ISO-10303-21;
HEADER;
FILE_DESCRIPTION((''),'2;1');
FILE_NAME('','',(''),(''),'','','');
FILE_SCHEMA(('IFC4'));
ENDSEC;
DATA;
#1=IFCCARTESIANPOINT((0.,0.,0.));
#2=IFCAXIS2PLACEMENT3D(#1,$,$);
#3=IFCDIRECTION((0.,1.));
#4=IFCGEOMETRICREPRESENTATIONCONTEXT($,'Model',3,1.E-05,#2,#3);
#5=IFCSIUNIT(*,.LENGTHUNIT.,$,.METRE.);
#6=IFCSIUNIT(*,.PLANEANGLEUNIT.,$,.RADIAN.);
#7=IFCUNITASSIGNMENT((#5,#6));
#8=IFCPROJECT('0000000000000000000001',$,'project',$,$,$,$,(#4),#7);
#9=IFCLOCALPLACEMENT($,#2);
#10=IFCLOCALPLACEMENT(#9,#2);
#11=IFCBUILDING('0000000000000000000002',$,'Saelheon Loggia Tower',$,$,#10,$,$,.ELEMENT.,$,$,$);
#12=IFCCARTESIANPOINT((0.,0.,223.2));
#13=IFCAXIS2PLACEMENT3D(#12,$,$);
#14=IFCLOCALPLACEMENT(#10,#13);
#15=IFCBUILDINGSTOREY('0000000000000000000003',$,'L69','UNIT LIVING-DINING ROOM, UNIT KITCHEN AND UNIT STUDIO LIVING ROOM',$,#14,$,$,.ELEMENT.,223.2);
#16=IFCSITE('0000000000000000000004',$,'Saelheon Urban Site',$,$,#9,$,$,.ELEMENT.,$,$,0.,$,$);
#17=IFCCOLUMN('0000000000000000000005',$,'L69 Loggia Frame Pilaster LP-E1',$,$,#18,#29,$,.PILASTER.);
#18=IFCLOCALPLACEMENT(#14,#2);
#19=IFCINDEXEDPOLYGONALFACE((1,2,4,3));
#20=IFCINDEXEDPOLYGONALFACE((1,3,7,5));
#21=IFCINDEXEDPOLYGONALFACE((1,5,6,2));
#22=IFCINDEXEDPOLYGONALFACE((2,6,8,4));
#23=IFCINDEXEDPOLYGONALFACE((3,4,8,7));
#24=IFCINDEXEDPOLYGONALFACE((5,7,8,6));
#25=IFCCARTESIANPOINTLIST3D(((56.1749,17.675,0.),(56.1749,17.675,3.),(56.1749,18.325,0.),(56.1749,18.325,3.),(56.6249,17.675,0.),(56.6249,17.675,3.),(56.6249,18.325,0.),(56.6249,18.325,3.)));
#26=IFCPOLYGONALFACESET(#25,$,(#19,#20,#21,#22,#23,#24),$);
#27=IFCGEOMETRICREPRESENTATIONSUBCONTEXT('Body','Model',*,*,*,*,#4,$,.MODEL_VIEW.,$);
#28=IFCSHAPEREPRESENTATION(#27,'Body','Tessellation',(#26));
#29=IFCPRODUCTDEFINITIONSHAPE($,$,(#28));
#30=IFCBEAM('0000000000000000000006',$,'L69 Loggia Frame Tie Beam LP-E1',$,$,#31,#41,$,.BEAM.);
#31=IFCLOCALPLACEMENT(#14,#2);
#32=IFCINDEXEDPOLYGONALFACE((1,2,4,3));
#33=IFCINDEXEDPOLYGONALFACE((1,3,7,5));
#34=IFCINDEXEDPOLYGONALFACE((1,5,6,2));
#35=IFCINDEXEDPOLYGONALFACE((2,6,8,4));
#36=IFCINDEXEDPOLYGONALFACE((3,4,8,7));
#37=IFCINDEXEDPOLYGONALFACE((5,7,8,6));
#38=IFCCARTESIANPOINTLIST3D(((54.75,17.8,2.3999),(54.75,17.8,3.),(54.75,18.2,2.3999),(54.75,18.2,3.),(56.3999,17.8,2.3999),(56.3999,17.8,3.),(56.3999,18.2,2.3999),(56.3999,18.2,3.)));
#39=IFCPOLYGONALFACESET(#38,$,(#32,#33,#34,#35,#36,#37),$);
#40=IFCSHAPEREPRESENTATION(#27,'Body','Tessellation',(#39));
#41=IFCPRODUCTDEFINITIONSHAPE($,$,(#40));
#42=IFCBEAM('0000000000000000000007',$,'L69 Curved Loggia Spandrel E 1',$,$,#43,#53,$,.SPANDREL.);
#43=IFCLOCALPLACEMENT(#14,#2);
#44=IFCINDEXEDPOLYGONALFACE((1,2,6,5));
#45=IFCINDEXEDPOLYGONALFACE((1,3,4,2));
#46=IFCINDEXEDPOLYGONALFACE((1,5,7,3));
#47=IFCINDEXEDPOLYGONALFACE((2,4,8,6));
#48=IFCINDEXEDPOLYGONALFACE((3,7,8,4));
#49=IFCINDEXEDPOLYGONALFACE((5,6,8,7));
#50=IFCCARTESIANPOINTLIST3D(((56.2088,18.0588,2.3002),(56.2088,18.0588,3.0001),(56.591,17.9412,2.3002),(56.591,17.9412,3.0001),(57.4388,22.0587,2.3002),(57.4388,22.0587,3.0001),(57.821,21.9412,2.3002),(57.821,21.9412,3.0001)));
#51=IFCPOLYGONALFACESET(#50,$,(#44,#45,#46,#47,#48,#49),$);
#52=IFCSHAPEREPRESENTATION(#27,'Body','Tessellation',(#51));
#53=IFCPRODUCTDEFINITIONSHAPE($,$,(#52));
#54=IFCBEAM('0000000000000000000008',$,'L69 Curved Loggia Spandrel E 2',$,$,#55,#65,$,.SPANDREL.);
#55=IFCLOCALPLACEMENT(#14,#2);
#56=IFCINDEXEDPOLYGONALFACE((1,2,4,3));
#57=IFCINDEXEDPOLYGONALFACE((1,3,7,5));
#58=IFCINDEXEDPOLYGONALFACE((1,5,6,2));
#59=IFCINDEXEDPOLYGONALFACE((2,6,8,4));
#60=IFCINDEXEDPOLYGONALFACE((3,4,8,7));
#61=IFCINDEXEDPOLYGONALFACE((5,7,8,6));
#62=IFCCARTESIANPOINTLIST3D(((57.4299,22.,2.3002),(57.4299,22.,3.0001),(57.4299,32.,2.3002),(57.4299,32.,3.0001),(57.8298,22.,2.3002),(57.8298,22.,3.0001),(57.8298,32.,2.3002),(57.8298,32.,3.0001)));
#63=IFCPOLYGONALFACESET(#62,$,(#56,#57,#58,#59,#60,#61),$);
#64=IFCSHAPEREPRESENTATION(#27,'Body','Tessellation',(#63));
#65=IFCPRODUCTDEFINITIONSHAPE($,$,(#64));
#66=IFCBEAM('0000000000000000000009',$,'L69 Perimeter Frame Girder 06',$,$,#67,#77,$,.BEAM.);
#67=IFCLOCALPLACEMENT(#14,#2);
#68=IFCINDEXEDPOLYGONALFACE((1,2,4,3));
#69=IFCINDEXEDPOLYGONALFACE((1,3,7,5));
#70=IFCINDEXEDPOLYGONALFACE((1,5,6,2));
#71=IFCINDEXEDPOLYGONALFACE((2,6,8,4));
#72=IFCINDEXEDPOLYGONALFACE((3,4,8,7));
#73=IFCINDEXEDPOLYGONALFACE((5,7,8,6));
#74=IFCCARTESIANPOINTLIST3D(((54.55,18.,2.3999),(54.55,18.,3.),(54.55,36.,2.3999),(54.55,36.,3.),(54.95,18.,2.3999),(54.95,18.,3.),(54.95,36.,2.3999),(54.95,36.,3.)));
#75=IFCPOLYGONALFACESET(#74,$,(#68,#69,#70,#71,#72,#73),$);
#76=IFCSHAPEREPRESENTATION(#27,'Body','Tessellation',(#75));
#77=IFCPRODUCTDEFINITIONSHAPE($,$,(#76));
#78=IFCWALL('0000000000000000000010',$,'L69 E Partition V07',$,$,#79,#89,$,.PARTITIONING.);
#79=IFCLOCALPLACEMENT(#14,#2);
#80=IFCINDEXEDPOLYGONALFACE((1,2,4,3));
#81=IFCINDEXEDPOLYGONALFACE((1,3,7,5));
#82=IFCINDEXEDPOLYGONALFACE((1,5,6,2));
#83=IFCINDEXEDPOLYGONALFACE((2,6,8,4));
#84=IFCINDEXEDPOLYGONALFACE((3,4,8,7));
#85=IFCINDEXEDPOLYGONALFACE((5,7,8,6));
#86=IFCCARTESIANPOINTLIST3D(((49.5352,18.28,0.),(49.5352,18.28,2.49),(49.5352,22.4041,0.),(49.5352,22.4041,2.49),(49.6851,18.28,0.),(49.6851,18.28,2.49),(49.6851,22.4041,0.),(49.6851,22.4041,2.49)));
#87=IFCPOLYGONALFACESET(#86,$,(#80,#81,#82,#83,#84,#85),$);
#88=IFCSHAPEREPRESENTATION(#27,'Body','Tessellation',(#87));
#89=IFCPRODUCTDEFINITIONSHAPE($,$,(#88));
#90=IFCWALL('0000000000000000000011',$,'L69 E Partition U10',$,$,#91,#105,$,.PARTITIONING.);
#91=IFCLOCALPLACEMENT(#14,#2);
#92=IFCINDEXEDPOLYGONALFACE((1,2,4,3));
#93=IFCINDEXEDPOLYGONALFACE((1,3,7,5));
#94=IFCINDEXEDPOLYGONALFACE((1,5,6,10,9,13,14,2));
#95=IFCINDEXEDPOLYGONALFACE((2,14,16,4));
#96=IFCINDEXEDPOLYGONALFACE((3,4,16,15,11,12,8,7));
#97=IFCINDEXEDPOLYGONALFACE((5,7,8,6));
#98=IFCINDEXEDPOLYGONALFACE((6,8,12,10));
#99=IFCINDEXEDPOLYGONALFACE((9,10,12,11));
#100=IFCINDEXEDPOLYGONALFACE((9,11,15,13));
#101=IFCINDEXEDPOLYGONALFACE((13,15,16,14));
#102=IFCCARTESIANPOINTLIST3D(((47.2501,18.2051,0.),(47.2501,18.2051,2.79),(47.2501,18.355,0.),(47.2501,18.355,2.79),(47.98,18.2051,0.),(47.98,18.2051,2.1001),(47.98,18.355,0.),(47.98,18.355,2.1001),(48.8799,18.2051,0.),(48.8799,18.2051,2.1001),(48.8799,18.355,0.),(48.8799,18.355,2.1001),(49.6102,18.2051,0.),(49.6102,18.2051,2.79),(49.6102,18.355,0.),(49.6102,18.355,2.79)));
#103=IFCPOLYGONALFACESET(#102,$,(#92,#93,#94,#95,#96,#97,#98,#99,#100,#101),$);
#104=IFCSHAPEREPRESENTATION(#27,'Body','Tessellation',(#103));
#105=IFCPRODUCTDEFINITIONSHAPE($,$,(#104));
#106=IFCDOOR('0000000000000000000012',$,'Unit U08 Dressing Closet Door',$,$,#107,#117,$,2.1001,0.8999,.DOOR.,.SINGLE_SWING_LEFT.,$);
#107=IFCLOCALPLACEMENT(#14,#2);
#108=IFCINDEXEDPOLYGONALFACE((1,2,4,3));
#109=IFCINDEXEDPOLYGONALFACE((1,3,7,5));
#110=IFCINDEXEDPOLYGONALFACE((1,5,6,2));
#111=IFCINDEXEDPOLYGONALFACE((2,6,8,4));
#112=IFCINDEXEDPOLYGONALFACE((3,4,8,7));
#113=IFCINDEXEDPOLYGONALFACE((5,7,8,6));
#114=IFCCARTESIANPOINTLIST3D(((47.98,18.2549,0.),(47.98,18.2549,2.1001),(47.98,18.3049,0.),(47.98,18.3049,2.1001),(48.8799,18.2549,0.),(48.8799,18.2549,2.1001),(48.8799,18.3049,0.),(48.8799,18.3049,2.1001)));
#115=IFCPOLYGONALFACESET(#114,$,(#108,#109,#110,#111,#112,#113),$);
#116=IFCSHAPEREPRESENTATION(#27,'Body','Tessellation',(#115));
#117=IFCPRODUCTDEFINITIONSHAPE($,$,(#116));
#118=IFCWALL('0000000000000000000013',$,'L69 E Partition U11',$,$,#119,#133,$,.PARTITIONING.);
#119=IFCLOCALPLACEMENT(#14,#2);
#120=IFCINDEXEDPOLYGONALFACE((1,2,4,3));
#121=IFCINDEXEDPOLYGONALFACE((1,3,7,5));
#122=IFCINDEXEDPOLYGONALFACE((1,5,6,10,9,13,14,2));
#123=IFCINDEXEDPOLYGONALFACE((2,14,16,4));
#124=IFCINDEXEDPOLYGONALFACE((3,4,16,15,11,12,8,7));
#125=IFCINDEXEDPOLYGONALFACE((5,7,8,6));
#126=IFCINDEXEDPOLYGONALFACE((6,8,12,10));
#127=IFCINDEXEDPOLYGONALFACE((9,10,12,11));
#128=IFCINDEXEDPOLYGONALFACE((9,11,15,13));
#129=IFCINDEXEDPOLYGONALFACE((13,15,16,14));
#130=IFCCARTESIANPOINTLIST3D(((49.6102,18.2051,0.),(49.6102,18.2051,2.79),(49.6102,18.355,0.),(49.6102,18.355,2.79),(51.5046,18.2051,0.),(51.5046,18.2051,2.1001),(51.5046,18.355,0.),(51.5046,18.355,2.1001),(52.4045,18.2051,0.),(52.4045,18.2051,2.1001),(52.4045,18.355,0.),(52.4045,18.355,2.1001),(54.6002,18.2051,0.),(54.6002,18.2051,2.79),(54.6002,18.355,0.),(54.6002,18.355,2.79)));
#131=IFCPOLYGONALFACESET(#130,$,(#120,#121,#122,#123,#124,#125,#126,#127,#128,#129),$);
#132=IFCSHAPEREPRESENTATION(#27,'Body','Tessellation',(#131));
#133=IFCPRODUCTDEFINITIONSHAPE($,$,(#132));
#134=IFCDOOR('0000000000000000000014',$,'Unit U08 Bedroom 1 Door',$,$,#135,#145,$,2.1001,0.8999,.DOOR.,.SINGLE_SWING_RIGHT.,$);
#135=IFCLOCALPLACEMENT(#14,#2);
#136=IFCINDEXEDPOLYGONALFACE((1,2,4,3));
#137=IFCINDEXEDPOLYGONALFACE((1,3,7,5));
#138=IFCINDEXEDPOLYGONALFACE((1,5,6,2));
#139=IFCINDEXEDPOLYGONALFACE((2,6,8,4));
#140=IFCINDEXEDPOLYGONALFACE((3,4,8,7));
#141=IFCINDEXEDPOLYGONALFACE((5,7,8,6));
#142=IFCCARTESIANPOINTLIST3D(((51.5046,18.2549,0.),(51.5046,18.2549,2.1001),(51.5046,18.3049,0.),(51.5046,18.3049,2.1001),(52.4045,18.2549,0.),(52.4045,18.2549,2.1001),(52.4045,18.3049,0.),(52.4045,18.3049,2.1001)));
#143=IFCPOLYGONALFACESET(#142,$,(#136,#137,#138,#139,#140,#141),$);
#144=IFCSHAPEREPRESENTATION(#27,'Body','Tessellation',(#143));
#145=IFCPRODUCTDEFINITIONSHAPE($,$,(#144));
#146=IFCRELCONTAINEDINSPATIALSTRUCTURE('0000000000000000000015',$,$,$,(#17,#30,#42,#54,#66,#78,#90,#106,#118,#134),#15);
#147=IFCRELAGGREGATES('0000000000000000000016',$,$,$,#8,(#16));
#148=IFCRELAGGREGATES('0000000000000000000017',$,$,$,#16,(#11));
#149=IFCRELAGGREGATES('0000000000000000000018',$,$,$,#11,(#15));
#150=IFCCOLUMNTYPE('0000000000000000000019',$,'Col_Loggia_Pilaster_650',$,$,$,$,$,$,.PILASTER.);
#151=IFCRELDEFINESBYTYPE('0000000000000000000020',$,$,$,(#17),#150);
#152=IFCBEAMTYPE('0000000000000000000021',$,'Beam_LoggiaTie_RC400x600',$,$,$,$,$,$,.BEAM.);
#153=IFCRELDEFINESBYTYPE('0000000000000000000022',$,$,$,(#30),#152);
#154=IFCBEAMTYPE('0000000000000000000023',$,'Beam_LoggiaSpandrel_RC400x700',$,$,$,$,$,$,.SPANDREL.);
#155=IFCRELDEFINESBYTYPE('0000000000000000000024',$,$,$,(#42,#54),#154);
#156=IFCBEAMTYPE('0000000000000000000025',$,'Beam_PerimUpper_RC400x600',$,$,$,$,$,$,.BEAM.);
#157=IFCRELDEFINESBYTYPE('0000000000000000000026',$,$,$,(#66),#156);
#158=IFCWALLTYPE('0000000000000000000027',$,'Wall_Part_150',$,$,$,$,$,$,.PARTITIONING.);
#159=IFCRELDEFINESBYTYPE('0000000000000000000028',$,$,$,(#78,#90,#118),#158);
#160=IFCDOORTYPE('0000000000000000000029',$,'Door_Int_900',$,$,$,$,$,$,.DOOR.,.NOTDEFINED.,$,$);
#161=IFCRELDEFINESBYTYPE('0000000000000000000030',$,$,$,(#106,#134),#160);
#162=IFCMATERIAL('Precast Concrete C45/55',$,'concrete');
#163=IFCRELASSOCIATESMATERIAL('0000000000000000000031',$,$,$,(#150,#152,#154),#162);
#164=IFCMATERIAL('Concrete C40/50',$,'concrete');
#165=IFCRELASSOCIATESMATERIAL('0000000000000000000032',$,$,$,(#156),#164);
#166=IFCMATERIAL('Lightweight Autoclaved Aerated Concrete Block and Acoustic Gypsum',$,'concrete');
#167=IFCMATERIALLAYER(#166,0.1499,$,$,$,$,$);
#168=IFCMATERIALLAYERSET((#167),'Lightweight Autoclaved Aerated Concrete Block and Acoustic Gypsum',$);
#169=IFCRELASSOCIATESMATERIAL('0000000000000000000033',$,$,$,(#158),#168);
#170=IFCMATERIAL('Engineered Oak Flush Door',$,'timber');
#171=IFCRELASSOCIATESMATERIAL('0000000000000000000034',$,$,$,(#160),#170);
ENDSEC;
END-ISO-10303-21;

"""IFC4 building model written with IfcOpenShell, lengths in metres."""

from ifc_helpers import new_model, si_unit, direction, frame, frame_2d, origin, origin_2d, place, context, subcontext, project, spatial, rectangle, extrude, source, transform, mapped, material, layer, layer_set, material_profile, profile_set, type_object, element, fill, save


model = new_model("IFC4")

# Units and contexts
model_context = context("Model", 3, precision=1e-05, world=origin(), true_north=direction((0.0, 1.0)))
body_context = subcontext(model_context, "Body", "Model", "MODEL_VIEW")
ifc_project = project(units=[si_unit("LENGTHUNIT", "METRE"), si_unit("PLANEANGLEUNIT", "RADIAN")], contexts=[model_context])

# Site, building, storey
site_placement = place(None, origin())
site = spatial("IfcSite", under=ifc_project, at=site_placement, Name="Saelheon Urban Site", CompositionType="ELEMENT", RefElevation=0.0)
building_placement = place(site_placement, origin())
building = spatial("IfcBuilding", under=site, at=building_placement, Name="Saelheon Loggia Tower", CompositionType="ELEMENT")
storey_placement = place(building_placement, frame((0.0, 0.0, 223.2)))
storey = spatial("IfcBuildingStorey", under=building, at=storey_placement, Name="L69", Description="UNIT LIVING-DINING ROOM, UNIT KITCHEN AND UNIT STUDIO LIVING ROOM", CompositionType="ELEMENT", Elevation=223.2)

# Column
ifc_material_1 = material(Name="Precast Concrete C45/55", Category="concrete")
ifc_material_profile_1 = material_profile(ifc_material_1, rectangle(XDim=0.45, YDim=0.6499, at=origin_2d()), Name="RC-450x650")
ifc_profile_set_1 = profile_set([ifc_material_profile_1], Name="Precast Concrete C45/55")
column_type = type_object("IfcColumnType", Name="Col_Loggia_Pilaster_650", PredefinedType="PILASTER", material=ifc_profile_set_1)
shared_shape_1 = source(origin(), body_context, "Body", "SweptSolid", [
    extrude(rectangle(XDim=0.45, YDim=0.6499, at=origin_2d()), origin(), (0.0, 0.0, 1.0), 3.0),
])
column_placement = place(storey_placement, frame((56.3999, 18.0, 0.0), z_axis=(0.0, 0.0, 1.0), x_axis=(1.0, 0.0, 0.0)))
element("IfcColumn", 1, at=column_placement, inside=storey, type_object=column_type, Name="L69 Loggia Frame Pilaster LP-E1", PredefinedType="PILASTER", context=body_context, shape_type="MappedRepresentation", body=[
    mapped(shared_shape_1, transform((0.0, 0.0, 0.0), scale=1.0)),
])

# Beams
ifc_material_profile_2 = material_profile(ifc_material_1, rectangle(XDim=0.3999, YDim=0.6001, at=origin_2d()), Name="RC-400x600")
ifc_profile_set_2 = profile_set([ifc_material_profile_2], Name="Precast Concrete C45/55")
beam_type_1 = type_object("IfcBeamType", Name="Beam_LoggiaTie_RC400x600", PredefinedType="BEAM", material=ifc_profile_set_2)
shared_shape_2 = source(origin(), body_context, "Body", "SweptSolid", [
    extrude(rectangle(XDim=0.3999, YDim=0.6001, at=origin_2d()), origin(), (0.0, 0.0, 1.0), 1.6499),
])
beam_1_placement = place(storey_placement, frame((54.75, 18.0, 2.7), z_axis=(1.0, 0.0, 0.0), x_axis=(0.0, 1.0, 0.0)))
element("IfcBeam", 2, at=beam_1_placement, inside=storey, type_object=beam_type_1, Name="L69 Loggia Frame Tie Beam LP-E1", PredefinedType="BEAM", context=body_context, shape_type="MappedRepresentation", body=[
    mapped(shared_shape_2, transform((0.0, 0.0, 0.0), scale=1.0)),
])
ifc_material_profile_3 = material_profile(ifc_material_1, rectangle(XDim=0.3999, YDim=0.7, at=origin_2d()), Name="RC-400x700")
ifc_profile_set_3 = profile_set([ifc_material_profile_3], Name="Precast Concrete C45/55")
beam_type_2 = type_object("IfcBeamType", Name="Beam_LoggiaSpandrel_RC400x700", PredefinedType="SPANDREL", material=ifc_profile_set_3)
shared_shape_3 = source(origin(), body_context, "Body", "SweptSolid", [
    extrude(rectangle(XDim=0.3999, YDim=0.7, at=origin_2d()), origin(), (0.0, 0.0, 1.0), 4.1848),
])
beam_2_placement = place(storey_placement, frame((56.3999, 18.0, 2.6501), z_axis=(0.293914, 0.955832, 0.0), x_axis=(-0.955832, 0.293914, 0.0)))
element("IfcBeam", 3, at=beam_2_placement, inside=storey, type_object=beam_type_2, Name="L69 Curved Loggia Spandrel E 1", PredefinedType="SPANDREL", context=body_context, shape_type="MappedRepresentation", body=[
    mapped(shared_shape_3, transform((0.0, 0.0, 0.0), scale=1.0)),
])
shared_shape_4 = source(origin(), body_context, "Body", "SweptSolid", [
    extrude(rectangle(XDim=0.3999, YDim=0.7, at=origin_2d()), origin(), (0.0, 0.0, 1.0), 10.0),
])
beam_3_placement = place(storey_placement, frame((57.6299, 22.0, 2.6501), z_axis=(0.0, 1.0, 0.0), x_axis=(-1.0, 0.0, 0.0)))
element("IfcBeam", 4, at=beam_3_placement, inside=storey, type_object=beam_type_2, Name="L69 Curved Loggia Spandrel E 2", PredefinedType="SPANDREL", context=body_context, shape_type="MappedRepresentation", body=[
    mapped(shared_shape_4, transform((0.0, 0.0, 0.0), scale=1.0)),
])
ifc_material_2 = material(Name="Concrete C40/50", Category="concrete")
ifc_material_profile_4 = material_profile(ifc_material_2, rectangle(XDim=0.3999, YDim=0.6001, at=origin_2d()), Name="RC-400x600")
ifc_profile_set_4 = profile_set([ifc_material_profile_4], Name="Concrete C40/50")
beam_type_3 = type_object("IfcBeamType", Name="Beam_PerimUpper_RC400x600", PredefinedType="BEAM", material=ifc_profile_set_4)
shared_shape_5 = source(origin(), body_context, "Body", "SweptSolid", [
    extrude(rectangle(XDim=0.3999, YDim=0.6001, at=origin_2d()), origin(), (0.0, 0.0, 1.0), 18.0),
])
beam_4_placement = place(storey_placement, frame((54.75, 18.0, 2.7), z_axis=(0.0, 1.0, 0.0), x_axis=(-1.0, 0.0, 0.0)))
element("IfcBeam", 5, at=beam_4_placement, inside=storey, type_object=beam_type_3, Name="L69 Perimeter Frame Girder 06", PredefinedType="BEAM", context=body_context, shape_type="MappedRepresentation", body=[
    mapped(shared_shape_5, transform((0.0, 0.0, 0.0), scale=1.0)),
])

# Wall
ifc_material_3 = material(Name="Lightweight Autoclaved Aerated Concrete Block and Acoustic Gypsum", Category="concrete")
ifc_layer_1 = layer(ifc_material_3, 0.1499)
ifc_layer_set_1 = layer_set([ifc_layer_1], Name="Lightweight Autoclaved Aerated Concrete Block and Acoustic Gypsum")
wall_type_1 = type_object("IfcWallType", Name="Wall_Part_150", PredefinedType="PARTITIONING", material=ifc_layer_set_1)
wall_1_placement = place(storey_placement, frame((49.6101, 18.28, 0.0), z_axis=(0.0, 0.0, 1.0), x_axis=(0.0, 1.0, 0.0)))
element("IfcWall", 6, at=wall_1_placement, inside=storey, type_object=wall_type_1, Name="L69 E Partition V07", PredefinedType="PARTITIONING", context=body_context, shape_type="SweptSolid", body=[
    extrude(rectangle(XDim=4.124, YDim=0.1499, at=frame_2d((2.062, 0.0))), origin(), (0.0, 0.0, 1.0), 2.49),
])

# Walls, openings, doors
wall_2_placement = place(storey_placement, frame((47.25, 18.28, 0.0), z_axis=(0.0, 0.0, 1.0), x_axis=(1.0, 0.0, 0.0)))
wall_2 = element("IfcWall", 7, at=wall_2_placement, inside=storey, type_object=wall_type_1, Name="L69 E Partition U10", PredefinedType="PARTITIONING", context=body_context, shape_type="SweptSolid", body=[
    extrude(rectangle(XDim=2.3601, YDim=0.1499, at=frame_2d((1.1802, 0.0))), origin(), (0.0, 0.0, 1.0), 2.79),
])
opening_1_placement = place(wall_2_placement, frame((0.73, 0.0, 0.0)))
opening_1 = element("IfcOpeningElement", 8, at=opening_1_placement, cuts=wall_2, PredefinedType="OPENING", context=body_context, shape_type="SweptSolid", body=[
    extrude(rectangle(XDim=0.8999, YDim=2.1001, at=frame_2d((0.45, 1.05))), frame((0.0, 0.0869, 0.0), z_axis=(0.0, -1.0, 0.0), x_axis=(1.0, 0.0, 0.0)), (0.0, 0.0, 1.0), 0.1738),
])
ifc_material_4 = material(Name="Engineered Oak Flush Door", Category="timber")
door_type_1 = type_object("IfcDoorType", Name="Door_Int_900", OperationType="NOTDEFINED", PredefinedType="DOOR", material=ifc_material_4)
shared_shape_6 = source(origin(), body_context, "Body", "SweptSolid", [
    extrude(rectangle(XDim=0.8999, YDim=2.1001, at=frame_2d((0.45, 1.05))), frame((0.0, 0.0249, 0.0), z_axis=(0.0, -1.0, 0.0), x_axis=(1.0, 0.0, 0.0)), (0.0, 0.0, 1.0), 0.05),
])
door_1_placement = place(opening_1_placement, origin())
door_1 = element("IfcDoor", 9, at=door_1_placement, inside=storey, type_object=door_type_1, Name="Unit U08 Dressing Closet Door", OperationType="SINGLE_SWING_LEFT", OverallHeight=2.1001, OverallWidth=0.8999, PredefinedType="DOOR", context=body_context, shape_type="MappedRepresentation", body=[
    mapped(shared_shape_6, transform((0.0, 0.0, 0.0), scale=1.0)),
])
fill(opening_1, door_1)
wall_3_placement = place(storey_placement, frame((49.6101, 18.28, 0.0), z_axis=(0.0, 0.0, 1.0), x_axis=(1.0, 0.0, 0.0)))
wall_3 = element("IfcWall", 10, at=wall_3_placement, inside=storey, type_object=wall_type_1, Name="L69 E Partition U11", PredefinedType="PARTITIONING", context=body_context, shape_type="SweptSolid", body=[
    extrude(rectangle(XDim=4.99, YDim=0.1499, at=frame_2d((2.4951, 0.0))), origin(), (0.0, 0.0, 1.0), 2.79),
])
opening_2_placement = place(wall_3_placement, frame((1.8945, 0.0, 0.0)))
opening_2 = element("IfcOpeningElement", 11, at=opening_2_placement, cuts=wall_3, PredefinedType="OPENING", context=body_context, shape_type="SweptSolid", body=[
    extrude(rectangle(XDim=0.8999, YDim=2.1001, at=frame_2d((0.45, 1.05))), frame((0.0, 0.0869, 0.0), z_axis=(0.0, -1.0, 0.0), x_axis=(1.0, 0.0, 0.0)), (0.0, 0.0, 1.0), 0.1738),
])
door_2_placement = place(opening_2_placement, origin())
door_2 = element("IfcDoor", 12, at=door_2_placement, inside=storey, type_object=door_type_1, Name="Unit U08 Bedroom 1 Door", OperationType="SINGLE_SWING_RIGHT", OverallHeight=2.1001, OverallWidth=0.8999, PredefinedType="DOOR", context=body_context, shape_type="MappedRepresentation", body=[
    mapped(shared_shape_6, transform((0.0, 0.0, 0.0), scale=1.0)),
])
fill(opening_2, door_2)

save(model, "model.ifc")
